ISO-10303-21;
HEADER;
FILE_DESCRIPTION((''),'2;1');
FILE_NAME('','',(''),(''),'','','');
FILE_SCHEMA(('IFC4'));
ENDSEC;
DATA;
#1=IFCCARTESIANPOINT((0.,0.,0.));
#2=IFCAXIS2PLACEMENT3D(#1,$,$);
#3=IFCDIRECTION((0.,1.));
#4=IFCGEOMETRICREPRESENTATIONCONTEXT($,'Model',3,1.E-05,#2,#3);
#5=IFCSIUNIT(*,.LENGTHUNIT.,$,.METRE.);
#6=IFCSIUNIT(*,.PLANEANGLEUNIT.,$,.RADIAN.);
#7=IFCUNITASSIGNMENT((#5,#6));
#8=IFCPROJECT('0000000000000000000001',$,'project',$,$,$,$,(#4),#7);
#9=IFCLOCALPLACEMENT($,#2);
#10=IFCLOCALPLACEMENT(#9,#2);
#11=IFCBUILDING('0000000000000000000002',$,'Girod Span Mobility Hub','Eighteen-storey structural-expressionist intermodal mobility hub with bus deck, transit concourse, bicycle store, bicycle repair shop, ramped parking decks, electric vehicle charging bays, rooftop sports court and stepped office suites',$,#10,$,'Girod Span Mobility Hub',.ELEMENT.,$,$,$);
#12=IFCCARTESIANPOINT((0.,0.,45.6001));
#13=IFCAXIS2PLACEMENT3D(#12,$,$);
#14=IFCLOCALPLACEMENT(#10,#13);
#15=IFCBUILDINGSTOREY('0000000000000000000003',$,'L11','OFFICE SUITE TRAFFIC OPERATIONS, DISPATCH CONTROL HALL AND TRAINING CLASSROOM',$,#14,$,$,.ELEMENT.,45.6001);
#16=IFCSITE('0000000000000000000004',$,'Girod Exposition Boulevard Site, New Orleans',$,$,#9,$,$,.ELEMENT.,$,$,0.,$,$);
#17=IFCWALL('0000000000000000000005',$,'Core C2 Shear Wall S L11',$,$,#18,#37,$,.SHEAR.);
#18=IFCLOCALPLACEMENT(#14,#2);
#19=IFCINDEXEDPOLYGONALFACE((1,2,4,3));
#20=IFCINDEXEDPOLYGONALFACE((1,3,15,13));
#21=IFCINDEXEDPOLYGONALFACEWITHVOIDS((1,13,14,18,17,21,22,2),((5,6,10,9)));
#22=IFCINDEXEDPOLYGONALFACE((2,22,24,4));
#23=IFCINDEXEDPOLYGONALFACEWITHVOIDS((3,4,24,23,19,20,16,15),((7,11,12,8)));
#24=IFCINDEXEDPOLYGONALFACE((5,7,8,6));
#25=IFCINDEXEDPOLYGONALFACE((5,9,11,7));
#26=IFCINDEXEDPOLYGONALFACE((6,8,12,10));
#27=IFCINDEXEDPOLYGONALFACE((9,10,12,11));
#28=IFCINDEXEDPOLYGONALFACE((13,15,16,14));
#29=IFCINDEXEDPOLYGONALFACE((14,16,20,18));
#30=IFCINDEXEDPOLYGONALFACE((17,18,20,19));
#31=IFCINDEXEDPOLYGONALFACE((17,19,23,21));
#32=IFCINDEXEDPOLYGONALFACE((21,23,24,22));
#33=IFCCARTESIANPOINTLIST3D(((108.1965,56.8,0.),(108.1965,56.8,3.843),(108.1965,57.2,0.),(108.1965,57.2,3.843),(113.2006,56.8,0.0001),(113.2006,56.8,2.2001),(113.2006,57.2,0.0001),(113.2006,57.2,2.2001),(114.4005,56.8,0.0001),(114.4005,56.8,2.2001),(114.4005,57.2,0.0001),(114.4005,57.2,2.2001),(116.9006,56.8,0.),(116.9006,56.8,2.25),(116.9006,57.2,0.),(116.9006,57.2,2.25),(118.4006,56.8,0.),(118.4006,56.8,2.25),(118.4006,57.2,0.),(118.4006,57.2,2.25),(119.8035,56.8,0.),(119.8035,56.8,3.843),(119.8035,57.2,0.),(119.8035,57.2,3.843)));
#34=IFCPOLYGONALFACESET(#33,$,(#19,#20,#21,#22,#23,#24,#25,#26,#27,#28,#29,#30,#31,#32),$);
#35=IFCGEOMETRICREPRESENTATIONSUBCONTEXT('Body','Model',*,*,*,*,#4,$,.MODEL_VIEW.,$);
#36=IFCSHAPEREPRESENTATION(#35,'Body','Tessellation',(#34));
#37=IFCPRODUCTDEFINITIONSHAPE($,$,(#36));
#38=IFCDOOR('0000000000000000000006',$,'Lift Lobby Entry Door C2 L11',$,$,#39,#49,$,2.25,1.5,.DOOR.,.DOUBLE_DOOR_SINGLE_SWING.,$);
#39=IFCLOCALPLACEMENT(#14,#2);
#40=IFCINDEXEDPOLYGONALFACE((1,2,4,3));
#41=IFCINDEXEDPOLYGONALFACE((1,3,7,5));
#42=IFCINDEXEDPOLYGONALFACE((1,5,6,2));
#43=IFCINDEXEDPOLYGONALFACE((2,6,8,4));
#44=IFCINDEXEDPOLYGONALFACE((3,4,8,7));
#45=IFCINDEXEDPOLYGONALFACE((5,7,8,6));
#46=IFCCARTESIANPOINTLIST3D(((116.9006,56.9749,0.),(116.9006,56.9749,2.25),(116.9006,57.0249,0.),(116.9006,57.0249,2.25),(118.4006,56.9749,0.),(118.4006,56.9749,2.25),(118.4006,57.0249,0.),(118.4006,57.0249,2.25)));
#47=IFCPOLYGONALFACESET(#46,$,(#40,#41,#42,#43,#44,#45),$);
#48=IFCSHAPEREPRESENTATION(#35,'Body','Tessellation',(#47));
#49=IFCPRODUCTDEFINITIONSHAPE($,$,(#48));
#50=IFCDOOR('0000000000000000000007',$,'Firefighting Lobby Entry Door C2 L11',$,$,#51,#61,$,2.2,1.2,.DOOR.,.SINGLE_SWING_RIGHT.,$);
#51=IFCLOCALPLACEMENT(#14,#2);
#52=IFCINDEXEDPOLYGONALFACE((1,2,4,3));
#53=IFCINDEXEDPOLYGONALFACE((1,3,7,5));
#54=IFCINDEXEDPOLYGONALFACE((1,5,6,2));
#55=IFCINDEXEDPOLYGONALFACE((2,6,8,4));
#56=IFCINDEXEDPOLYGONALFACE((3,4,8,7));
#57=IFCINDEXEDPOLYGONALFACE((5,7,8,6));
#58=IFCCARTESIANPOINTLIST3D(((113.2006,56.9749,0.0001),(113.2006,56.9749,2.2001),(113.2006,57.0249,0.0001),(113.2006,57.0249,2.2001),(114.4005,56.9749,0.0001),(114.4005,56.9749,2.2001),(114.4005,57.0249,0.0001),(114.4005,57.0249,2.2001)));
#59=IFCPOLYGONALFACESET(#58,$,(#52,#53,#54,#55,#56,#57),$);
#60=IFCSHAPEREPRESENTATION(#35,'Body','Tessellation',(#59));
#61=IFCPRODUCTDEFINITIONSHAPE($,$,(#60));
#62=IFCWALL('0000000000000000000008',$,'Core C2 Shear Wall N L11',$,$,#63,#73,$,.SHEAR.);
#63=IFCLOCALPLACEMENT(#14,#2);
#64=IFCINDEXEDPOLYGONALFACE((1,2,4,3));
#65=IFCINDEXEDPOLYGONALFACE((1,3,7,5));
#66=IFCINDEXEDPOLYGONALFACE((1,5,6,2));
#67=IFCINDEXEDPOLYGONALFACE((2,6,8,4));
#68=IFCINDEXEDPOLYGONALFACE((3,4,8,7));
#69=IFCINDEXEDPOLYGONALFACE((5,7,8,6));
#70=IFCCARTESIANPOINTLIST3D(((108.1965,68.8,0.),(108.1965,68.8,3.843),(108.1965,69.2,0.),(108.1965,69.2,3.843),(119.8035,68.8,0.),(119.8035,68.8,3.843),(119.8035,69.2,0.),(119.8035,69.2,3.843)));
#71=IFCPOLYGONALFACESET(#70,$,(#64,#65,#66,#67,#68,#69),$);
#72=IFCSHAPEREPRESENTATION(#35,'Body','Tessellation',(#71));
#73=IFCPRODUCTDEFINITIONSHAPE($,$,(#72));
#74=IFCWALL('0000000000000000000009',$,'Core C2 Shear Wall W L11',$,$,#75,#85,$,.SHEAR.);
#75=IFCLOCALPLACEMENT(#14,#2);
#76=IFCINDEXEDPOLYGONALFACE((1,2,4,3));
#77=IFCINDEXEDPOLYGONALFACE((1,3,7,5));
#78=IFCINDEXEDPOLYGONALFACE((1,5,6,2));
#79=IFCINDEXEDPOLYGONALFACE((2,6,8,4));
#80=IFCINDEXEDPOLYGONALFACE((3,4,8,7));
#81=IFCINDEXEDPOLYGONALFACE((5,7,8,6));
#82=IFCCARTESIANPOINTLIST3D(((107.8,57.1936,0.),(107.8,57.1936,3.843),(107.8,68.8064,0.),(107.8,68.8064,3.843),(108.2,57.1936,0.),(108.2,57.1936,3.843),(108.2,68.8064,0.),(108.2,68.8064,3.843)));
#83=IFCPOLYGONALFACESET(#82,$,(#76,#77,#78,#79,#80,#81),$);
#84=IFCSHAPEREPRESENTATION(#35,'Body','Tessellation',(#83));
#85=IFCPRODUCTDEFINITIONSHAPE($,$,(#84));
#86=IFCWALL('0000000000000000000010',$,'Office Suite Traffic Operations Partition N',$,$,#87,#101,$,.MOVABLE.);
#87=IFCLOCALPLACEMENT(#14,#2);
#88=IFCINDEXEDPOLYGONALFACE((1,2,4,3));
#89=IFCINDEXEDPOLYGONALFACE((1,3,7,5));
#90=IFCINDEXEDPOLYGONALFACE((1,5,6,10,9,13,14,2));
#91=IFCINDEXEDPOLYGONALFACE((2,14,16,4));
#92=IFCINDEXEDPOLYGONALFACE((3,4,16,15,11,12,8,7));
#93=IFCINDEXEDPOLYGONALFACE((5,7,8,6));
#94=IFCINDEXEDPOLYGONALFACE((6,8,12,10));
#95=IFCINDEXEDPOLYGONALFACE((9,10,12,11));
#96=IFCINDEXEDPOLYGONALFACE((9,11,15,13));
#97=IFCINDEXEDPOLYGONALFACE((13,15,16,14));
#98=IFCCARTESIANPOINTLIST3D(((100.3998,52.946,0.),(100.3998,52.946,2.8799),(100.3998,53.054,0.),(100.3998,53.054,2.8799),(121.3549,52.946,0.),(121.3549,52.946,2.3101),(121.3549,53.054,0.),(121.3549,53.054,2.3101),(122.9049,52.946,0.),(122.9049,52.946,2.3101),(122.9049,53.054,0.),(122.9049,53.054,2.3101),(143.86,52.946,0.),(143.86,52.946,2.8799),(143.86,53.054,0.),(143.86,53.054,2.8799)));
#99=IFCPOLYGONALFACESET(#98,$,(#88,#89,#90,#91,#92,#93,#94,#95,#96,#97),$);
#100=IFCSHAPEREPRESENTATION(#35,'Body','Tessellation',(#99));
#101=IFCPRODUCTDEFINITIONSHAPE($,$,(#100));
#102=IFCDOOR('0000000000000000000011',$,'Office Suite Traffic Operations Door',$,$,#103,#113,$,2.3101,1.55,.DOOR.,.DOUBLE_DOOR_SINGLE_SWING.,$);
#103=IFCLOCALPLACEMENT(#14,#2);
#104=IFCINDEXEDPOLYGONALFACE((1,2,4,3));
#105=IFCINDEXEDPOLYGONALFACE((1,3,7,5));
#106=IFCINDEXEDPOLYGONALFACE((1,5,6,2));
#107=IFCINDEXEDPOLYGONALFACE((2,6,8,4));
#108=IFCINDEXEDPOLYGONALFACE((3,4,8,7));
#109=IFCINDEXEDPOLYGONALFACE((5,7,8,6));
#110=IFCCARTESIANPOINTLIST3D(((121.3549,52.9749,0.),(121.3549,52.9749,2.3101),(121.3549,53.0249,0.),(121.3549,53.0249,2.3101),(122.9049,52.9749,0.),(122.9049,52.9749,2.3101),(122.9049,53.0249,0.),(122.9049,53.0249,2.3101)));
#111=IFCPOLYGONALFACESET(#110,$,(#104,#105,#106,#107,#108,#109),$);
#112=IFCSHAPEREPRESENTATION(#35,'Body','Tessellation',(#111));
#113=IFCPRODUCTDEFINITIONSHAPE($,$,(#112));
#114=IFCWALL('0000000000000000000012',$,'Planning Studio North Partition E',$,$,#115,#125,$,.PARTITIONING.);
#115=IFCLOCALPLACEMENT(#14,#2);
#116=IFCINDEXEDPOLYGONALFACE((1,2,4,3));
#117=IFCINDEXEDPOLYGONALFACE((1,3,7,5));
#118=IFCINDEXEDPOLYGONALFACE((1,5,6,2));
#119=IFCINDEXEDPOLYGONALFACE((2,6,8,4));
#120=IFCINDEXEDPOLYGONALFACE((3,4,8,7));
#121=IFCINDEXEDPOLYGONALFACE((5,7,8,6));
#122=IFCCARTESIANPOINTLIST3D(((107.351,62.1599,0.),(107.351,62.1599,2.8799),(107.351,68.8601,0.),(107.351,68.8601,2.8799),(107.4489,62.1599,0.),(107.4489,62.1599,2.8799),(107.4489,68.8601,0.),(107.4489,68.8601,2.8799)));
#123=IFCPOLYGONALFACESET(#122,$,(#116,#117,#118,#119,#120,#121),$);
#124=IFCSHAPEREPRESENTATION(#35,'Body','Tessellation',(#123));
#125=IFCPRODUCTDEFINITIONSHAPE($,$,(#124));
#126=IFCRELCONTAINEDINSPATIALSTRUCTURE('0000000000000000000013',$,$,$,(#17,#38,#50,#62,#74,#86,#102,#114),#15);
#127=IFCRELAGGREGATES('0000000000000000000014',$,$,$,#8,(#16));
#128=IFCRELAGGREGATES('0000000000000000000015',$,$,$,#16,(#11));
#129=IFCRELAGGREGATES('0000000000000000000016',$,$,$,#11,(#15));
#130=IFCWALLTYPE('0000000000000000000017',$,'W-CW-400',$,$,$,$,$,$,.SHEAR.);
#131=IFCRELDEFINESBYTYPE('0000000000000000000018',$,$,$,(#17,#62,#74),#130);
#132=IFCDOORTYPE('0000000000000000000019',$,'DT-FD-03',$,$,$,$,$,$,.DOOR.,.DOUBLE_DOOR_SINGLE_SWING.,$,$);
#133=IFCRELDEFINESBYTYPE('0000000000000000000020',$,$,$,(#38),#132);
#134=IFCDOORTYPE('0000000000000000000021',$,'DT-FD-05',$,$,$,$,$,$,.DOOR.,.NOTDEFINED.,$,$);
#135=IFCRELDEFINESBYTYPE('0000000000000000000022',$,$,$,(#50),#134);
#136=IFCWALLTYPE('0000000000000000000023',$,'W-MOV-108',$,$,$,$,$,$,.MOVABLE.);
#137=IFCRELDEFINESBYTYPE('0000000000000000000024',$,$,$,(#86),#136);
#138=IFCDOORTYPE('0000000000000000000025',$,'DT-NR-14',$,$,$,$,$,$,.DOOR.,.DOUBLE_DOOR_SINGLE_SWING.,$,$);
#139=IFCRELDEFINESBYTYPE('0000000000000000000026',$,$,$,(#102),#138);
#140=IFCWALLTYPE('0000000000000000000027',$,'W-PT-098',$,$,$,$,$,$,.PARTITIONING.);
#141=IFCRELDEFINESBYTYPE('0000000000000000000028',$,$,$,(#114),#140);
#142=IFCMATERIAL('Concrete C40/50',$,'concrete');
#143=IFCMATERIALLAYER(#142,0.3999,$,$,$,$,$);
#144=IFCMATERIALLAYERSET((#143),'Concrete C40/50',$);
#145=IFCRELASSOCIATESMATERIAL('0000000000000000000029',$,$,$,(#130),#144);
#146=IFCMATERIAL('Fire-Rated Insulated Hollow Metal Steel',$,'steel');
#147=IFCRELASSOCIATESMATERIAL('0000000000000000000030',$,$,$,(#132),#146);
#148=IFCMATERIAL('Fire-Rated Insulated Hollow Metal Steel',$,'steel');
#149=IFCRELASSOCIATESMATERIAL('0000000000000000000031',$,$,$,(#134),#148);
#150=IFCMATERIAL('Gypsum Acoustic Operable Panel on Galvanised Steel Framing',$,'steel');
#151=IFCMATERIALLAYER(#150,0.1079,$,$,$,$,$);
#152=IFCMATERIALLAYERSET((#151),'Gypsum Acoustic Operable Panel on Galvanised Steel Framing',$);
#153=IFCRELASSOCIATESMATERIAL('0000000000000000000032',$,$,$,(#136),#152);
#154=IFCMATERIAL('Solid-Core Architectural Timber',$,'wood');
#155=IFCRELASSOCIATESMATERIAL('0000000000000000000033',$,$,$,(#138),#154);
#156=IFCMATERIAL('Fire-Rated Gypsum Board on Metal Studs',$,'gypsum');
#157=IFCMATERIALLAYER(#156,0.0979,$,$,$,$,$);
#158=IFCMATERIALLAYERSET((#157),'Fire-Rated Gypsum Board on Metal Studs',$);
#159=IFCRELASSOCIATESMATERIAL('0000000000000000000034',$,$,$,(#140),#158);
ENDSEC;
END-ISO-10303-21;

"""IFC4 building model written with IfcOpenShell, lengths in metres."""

from ifc_helpers import new_model, si_unit, direction, frame, frame_2d, origin, place, context, subcontext, project, spatial, rectangle, extrude, material, layer, layer_set, type_object, element, fill, save


model = new_model("IFC4")

# Units and contexts
model_context = context("Model", 3, precision=1e-05, world=origin(), true_north=direction((0.0, 1.0)))
body_context = subcontext(model_context, "Body", "Model", "MODEL_VIEW")
ifc_project = project(units=[si_unit("LENGTHUNIT", "METRE"), si_unit("PLANEANGLEUNIT", "RADIAN")], contexts=[model_context])

# Site, building, storey
site_placement = place(None, origin())
site = spatial("IfcSite", under=ifc_project, at=site_placement, Name="Girod Exposition Boulevard Site, New Orleans", CompositionType="ELEMENT", RefElevation=0.0)
building_placement = place(site_placement, origin())
building = spatial("IfcBuilding", under=site, at=building_placement, Name="Girod Span Mobility Hub", Description="Eighteen-storey structural-expressionist intermodal mobility hub with bus deck, transit concourse, bicycle store, bicycle repair shop, ramped parking decks, electric vehicle charging bays, rooftop sports court and stepped office suites", LongName="Girod Span Mobility Hub", CompositionType="ELEMENT")
storey_placement = place(building_placement, frame((0.0, 0.0, 45.6001)))
storey = spatial("IfcBuildingStorey", under=building, at=storey_placement, Name="L11", Description="OFFICE SUITE TRAFFIC OPERATIONS, DISPATCH CONTROL HALL AND TRAINING CLASSROOM", CompositionType="ELEMENT", Elevation=45.6001)

# Wall, openings, doors
ifc_material_1 = material(Name="Concrete C40/50", Category="concrete")
ifc_layer_1 = layer(ifc_material_1, 0.3999)
ifc_layer_set_1 = layer_set([ifc_layer_1], Name="Concrete C40/50")
wall_type_1 = type_object("IfcWallType", Name="W-CW-400", PredefinedType="SHEAR", material=ifc_layer_set_1)
wall_1_placement = place(storey_placement, frame((108.1965, 57.0, 0.0), z_axis=(0.0, 0.0, 1.0), x_axis=(1.0, 0.0, 0.0)))
wall_1 = element("IfcWall", 1, at=wall_1_placement, inside=storey, type_object=wall_type_1, Name="Core C2 Shear Wall S L11", PredefinedType="SHEAR", context=body_context, shape_type="SweptSolid", body=[
    extrude(rectangle(XDim=11.6069, YDim=0.3999, at=frame_2d((5.8035, 0.0))), origin(), (0.0, 0.0, 1.0), 3.843),
])
opening_1_placement = place(wall_1_placement, frame((5.0039, 0.0, 0.0)))
opening_1 = element("IfcOpeningElement", 2, at=opening_1_placement, cuts=wall_1, PredefinedType="OPENING", context=body_context, shape_type="SweptSolid", body=[
    extrude(rectangle(XDim=1.2, YDim=2.2, at=frame_2d((0.6001, 1.1001))), frame((0.0, 0.2148, 0.0), z_axis=(0.0, -1.0, 0.0), x_axis=(1.0, 0.0, 0.0)), (0.0, 0.0, 1.0), 0.4299),
])
opening_2_placement = place(wall_1_placement, frame((8.7041, 0.0, 0.0)))
opening_2 = element("IfcOpeningElement", 3, at=opening_2_placement, cuts=wall_1, PredefinedType="OPENING", context=body_context, shape_type="SweptSolid", body=[
    extrude(rectangle(XDim=1.5, YDim=2.25, at=frame_2d((0.75, 1.125))), frame((0.0, 0.2148, 0.0), z_axis=(0.0, -1.0, 0.0), x_axis=(1.0, 0.0, 0.0)), (0.0, 0.0, 1.0), 0.4299),
])
ifc_material_2 = material(Name="Fire-Rated Insulated Hollow Metal Steel", Category="steel")
door_type_1 = type_object("IfcDoorType", Name="DT-FD-03", OperationType="DOUBLE_DOOR_SINGLE_SWING", PredefinedType="DOOR", material=ifc_material_2)
door_1_placement = place(opening_2_placement, origin())
door_1 = element("IfcDoor", 4, at=door_1_placement, inside=storey, type_object=door_type_1, Name="Lift Lobby Entry Door C2 L11", OperationType="DOUBLE_DOOR_SINGLE_SWING", OverallHeight=2.25, OverallWidth=1.5, PredefinedType="DOOR", context=body_context, shape_type="SweptSolid", body=[
    extrude(rectangle(XDim=1.5, YDim=2.25, at=frame_2d((0.75, 1.125))), frame((0.0, 0.0249, 0.0), z_axis=(0.0, -1.0, 0.0), x_axis=(1.0, 0.0, 0.0)), (0.0, 0.0, 1.0), 0.05),
])
fill(opening_2, door_1)
ifc_material_3 = material(Name="Fire-Rated Insulated Hollow Metal Steel", Category="steel")
door_type_2 = type_object("IfcDoorType", Name="DT-FD-05", OperationType="NOTDEFINED", PredefinedType="DOOR", material=ifc_material_3)
door_2_placement = place(opening_1_placement, origin())
door_2 = element("IfcDoor", 5, at=door_2_placement, inside=storey, type_object=door_type_2, Name="Firefighting Lobby Entry Door C2 L11", OperationType="SINGLE_SWING_RIGHT", OverallHeight=2.2, OverallWidth=1.2, PredefinedType="DOOR", context=body_context, shape_type="SweptSolid", body=[
    extrude(rectangle(XDim=1.2, YDim=2.2, at=frame_2d((0.6001, 1.1001))), frame((0.0, 0.0249, 0.0), z_axis=(0.0, -1.0, 0.0), x_axis=(1.0, 0.0, 0.0)), (0.0, 0.0, 1.0), 0.05),
])
fill(opening_1, door_2)

# Walls
wall_2_placement = place(storey_placement, frame((108.1965, 69.0, 0.0), z_axis=(0.0, 0.0, 1.0), x_axis=(1.0, 0.0, 0.0)))
element("IfcWall", 6, at=wall_2_placement, inside=storey, type_object=wall_type_1, Name="Core C2 Shear Wall N L11", PredefinedType="SHEAR", context=body_context, shape_type="SweptSolid", body=[
    extrude(rectangle(XDim=11.6069, YDim=0.3999, at=frame_2d((5.8035, 0.0))), origin(), (0.0, 0.0, 1.0), 3.843),
])
wall_3_placement = place(storey_placement, frame((108.0, 57.1936, 0.0), z_axis=(0.0, 0.0, 1.0), x_axis=(0.0, 1.0, 0.0)))
element("IfcWall", 7, at=wall_3_placement, inside=storey, type_object=wall_type_1, Name="Core C2 Shear Wall W L11", PredefinedType="SHEAR", context=body_context, shape_type="SweptSolid", body=[
    extrude(rectangle(XDim=11.6128, YDim=0.3999, at=frame_2d((5.8064, 0.0))), origin(), (0.0, 0.0, 1.0), 3.843),
])

# Wall, opening, door
ifc_material_4 = material(Name="Gypsum Acoustic Operable Panel on Galvanised Steel Framing", Category="steel")
ifc_layer_2 = layer(ifc_material_4, 0.1079)
ifc_layer_set_2 = layer_set([ifc_layer_2], Name="Gypsum Acoustic Operable Panel on Galvanised Steel Framing")
wall_type_2 = type_object("IfcWallType", Name="W-MOV-108", PredefinedType="MOVABLE", material=ifc_layer_set_2)
wall_4_placement = place(storey_placement, frame((100.3999, 53.0, 0.0), z_axis=(0.0, 0.0, 1.0), x_axis=(1.0, 0.0, 0.0)))
wall_4 = element("IfcWall", 8, at=wall_4_placement, inside=storey, type_object=wall_type_2, Name="Office Suite Traffic Operations Partition N", PredefinedType="MOVABLE", context=body_context, shape_type="SweptSolid", body=[
    extrude(rectangle(XDim=43.4602, YDim=0.1079, at=frame_2d((21.73, 0.0))), origin(), (0.0, 0.0, 1.0), 2.8799),
])
opening_3_placement = place(wall_4_placement, frame((20.9551, 0.0, 0.0)))
opening_3 = element("IfcOpeningElement", 9, at=opening_3_placement, cuts=wall_4, PredefinedType="OPENING", context=body_context, shape_type="SweptSolid", body=[
    extrude(rectangle(XDim=1.55, YDim=2.3101, at=frame_2d((0.7749, 1.155))), frame((0.0, 0.0688, 0.0), z_axis=(0.0, -1.0, 0.0), x_axis=(1.0, 0.0, 0.0)), (0.0, 0.0, 1.0), 0.1379),
])
ifc_material_5 = material(Name="Solid-Core Architectural Timber", Category="wood")
door_type_3 = type_object("IfcDoorType", Name="DT-NR-14", OperationType="DOUBLE_DOOR_SINGLE_SWING", PredefinedType="DOOR", material=ifc_material_5)
door_3_placement = place(opening_3_placement, origin())
door_3 = element("IfcDoor", 10, at=door_3_placement, inside=storey, type_object=door_type_3, Name="Office Suite Traffic Operations Door", OperationType="DOUBLE_DOOR_SINGLE_SWING", OverallHeight=2.3101, OverallWidth=1.55, PredefinedType="DOOR", context=body_context, shape_type="SweptSolid", body=[
    extrude(rectangle(XDim=1.55, YDim=2.3101, at=frame_2d((0.7749, 1.155))), frame((0.0, 0.0249, 0.0), z_axis=(0.0, -1.0, 0.0), x_axis=(1.0, 0.0, 0.0)), (0.0, 0.0, 1.0), 0.05),
])
fill(opening_3, door_3)

# Wall
ifc_material_6 = material(Name="Fire-Rated Gypsum Board on Metal Studs", Category="gypsum")
ifc_layer_3 = layer(ifc_material_6, 0.0979)
ifc_layer_set_3 = layer_set([ifc_layer_3], Name="Fire-Rated Gypsum Board on Metal Studs")
wall_type_3 = type_object("IfcWallType", Name="W-PT-098", PredefinedType="PARTITIONING", material=ifc_layer_set_3)
wall_5_placement = place(storey_placement, frame((107.3999, 62.1599, 0.0), z_axis=(0.0, 0.0, 1.0), x_axis=(0.0, 1.0, 0.0)))
element("IfcWall", 11, at=wall_5_placement, inside=storey, type_object=wall_type_3, Name="Planning Studio North Partition E", PredefinedType="PARTITIONING", context=body_context, shape_type="SweptSolid", body=[
    extrude(rectangle(XDim=6.7002, YDim=0.0979, at=frame_2d((3.3501, 0.0))), origin(), (0.0, 0.0, 1.0), 2.8799),
])

save(model, "model.ifc")
